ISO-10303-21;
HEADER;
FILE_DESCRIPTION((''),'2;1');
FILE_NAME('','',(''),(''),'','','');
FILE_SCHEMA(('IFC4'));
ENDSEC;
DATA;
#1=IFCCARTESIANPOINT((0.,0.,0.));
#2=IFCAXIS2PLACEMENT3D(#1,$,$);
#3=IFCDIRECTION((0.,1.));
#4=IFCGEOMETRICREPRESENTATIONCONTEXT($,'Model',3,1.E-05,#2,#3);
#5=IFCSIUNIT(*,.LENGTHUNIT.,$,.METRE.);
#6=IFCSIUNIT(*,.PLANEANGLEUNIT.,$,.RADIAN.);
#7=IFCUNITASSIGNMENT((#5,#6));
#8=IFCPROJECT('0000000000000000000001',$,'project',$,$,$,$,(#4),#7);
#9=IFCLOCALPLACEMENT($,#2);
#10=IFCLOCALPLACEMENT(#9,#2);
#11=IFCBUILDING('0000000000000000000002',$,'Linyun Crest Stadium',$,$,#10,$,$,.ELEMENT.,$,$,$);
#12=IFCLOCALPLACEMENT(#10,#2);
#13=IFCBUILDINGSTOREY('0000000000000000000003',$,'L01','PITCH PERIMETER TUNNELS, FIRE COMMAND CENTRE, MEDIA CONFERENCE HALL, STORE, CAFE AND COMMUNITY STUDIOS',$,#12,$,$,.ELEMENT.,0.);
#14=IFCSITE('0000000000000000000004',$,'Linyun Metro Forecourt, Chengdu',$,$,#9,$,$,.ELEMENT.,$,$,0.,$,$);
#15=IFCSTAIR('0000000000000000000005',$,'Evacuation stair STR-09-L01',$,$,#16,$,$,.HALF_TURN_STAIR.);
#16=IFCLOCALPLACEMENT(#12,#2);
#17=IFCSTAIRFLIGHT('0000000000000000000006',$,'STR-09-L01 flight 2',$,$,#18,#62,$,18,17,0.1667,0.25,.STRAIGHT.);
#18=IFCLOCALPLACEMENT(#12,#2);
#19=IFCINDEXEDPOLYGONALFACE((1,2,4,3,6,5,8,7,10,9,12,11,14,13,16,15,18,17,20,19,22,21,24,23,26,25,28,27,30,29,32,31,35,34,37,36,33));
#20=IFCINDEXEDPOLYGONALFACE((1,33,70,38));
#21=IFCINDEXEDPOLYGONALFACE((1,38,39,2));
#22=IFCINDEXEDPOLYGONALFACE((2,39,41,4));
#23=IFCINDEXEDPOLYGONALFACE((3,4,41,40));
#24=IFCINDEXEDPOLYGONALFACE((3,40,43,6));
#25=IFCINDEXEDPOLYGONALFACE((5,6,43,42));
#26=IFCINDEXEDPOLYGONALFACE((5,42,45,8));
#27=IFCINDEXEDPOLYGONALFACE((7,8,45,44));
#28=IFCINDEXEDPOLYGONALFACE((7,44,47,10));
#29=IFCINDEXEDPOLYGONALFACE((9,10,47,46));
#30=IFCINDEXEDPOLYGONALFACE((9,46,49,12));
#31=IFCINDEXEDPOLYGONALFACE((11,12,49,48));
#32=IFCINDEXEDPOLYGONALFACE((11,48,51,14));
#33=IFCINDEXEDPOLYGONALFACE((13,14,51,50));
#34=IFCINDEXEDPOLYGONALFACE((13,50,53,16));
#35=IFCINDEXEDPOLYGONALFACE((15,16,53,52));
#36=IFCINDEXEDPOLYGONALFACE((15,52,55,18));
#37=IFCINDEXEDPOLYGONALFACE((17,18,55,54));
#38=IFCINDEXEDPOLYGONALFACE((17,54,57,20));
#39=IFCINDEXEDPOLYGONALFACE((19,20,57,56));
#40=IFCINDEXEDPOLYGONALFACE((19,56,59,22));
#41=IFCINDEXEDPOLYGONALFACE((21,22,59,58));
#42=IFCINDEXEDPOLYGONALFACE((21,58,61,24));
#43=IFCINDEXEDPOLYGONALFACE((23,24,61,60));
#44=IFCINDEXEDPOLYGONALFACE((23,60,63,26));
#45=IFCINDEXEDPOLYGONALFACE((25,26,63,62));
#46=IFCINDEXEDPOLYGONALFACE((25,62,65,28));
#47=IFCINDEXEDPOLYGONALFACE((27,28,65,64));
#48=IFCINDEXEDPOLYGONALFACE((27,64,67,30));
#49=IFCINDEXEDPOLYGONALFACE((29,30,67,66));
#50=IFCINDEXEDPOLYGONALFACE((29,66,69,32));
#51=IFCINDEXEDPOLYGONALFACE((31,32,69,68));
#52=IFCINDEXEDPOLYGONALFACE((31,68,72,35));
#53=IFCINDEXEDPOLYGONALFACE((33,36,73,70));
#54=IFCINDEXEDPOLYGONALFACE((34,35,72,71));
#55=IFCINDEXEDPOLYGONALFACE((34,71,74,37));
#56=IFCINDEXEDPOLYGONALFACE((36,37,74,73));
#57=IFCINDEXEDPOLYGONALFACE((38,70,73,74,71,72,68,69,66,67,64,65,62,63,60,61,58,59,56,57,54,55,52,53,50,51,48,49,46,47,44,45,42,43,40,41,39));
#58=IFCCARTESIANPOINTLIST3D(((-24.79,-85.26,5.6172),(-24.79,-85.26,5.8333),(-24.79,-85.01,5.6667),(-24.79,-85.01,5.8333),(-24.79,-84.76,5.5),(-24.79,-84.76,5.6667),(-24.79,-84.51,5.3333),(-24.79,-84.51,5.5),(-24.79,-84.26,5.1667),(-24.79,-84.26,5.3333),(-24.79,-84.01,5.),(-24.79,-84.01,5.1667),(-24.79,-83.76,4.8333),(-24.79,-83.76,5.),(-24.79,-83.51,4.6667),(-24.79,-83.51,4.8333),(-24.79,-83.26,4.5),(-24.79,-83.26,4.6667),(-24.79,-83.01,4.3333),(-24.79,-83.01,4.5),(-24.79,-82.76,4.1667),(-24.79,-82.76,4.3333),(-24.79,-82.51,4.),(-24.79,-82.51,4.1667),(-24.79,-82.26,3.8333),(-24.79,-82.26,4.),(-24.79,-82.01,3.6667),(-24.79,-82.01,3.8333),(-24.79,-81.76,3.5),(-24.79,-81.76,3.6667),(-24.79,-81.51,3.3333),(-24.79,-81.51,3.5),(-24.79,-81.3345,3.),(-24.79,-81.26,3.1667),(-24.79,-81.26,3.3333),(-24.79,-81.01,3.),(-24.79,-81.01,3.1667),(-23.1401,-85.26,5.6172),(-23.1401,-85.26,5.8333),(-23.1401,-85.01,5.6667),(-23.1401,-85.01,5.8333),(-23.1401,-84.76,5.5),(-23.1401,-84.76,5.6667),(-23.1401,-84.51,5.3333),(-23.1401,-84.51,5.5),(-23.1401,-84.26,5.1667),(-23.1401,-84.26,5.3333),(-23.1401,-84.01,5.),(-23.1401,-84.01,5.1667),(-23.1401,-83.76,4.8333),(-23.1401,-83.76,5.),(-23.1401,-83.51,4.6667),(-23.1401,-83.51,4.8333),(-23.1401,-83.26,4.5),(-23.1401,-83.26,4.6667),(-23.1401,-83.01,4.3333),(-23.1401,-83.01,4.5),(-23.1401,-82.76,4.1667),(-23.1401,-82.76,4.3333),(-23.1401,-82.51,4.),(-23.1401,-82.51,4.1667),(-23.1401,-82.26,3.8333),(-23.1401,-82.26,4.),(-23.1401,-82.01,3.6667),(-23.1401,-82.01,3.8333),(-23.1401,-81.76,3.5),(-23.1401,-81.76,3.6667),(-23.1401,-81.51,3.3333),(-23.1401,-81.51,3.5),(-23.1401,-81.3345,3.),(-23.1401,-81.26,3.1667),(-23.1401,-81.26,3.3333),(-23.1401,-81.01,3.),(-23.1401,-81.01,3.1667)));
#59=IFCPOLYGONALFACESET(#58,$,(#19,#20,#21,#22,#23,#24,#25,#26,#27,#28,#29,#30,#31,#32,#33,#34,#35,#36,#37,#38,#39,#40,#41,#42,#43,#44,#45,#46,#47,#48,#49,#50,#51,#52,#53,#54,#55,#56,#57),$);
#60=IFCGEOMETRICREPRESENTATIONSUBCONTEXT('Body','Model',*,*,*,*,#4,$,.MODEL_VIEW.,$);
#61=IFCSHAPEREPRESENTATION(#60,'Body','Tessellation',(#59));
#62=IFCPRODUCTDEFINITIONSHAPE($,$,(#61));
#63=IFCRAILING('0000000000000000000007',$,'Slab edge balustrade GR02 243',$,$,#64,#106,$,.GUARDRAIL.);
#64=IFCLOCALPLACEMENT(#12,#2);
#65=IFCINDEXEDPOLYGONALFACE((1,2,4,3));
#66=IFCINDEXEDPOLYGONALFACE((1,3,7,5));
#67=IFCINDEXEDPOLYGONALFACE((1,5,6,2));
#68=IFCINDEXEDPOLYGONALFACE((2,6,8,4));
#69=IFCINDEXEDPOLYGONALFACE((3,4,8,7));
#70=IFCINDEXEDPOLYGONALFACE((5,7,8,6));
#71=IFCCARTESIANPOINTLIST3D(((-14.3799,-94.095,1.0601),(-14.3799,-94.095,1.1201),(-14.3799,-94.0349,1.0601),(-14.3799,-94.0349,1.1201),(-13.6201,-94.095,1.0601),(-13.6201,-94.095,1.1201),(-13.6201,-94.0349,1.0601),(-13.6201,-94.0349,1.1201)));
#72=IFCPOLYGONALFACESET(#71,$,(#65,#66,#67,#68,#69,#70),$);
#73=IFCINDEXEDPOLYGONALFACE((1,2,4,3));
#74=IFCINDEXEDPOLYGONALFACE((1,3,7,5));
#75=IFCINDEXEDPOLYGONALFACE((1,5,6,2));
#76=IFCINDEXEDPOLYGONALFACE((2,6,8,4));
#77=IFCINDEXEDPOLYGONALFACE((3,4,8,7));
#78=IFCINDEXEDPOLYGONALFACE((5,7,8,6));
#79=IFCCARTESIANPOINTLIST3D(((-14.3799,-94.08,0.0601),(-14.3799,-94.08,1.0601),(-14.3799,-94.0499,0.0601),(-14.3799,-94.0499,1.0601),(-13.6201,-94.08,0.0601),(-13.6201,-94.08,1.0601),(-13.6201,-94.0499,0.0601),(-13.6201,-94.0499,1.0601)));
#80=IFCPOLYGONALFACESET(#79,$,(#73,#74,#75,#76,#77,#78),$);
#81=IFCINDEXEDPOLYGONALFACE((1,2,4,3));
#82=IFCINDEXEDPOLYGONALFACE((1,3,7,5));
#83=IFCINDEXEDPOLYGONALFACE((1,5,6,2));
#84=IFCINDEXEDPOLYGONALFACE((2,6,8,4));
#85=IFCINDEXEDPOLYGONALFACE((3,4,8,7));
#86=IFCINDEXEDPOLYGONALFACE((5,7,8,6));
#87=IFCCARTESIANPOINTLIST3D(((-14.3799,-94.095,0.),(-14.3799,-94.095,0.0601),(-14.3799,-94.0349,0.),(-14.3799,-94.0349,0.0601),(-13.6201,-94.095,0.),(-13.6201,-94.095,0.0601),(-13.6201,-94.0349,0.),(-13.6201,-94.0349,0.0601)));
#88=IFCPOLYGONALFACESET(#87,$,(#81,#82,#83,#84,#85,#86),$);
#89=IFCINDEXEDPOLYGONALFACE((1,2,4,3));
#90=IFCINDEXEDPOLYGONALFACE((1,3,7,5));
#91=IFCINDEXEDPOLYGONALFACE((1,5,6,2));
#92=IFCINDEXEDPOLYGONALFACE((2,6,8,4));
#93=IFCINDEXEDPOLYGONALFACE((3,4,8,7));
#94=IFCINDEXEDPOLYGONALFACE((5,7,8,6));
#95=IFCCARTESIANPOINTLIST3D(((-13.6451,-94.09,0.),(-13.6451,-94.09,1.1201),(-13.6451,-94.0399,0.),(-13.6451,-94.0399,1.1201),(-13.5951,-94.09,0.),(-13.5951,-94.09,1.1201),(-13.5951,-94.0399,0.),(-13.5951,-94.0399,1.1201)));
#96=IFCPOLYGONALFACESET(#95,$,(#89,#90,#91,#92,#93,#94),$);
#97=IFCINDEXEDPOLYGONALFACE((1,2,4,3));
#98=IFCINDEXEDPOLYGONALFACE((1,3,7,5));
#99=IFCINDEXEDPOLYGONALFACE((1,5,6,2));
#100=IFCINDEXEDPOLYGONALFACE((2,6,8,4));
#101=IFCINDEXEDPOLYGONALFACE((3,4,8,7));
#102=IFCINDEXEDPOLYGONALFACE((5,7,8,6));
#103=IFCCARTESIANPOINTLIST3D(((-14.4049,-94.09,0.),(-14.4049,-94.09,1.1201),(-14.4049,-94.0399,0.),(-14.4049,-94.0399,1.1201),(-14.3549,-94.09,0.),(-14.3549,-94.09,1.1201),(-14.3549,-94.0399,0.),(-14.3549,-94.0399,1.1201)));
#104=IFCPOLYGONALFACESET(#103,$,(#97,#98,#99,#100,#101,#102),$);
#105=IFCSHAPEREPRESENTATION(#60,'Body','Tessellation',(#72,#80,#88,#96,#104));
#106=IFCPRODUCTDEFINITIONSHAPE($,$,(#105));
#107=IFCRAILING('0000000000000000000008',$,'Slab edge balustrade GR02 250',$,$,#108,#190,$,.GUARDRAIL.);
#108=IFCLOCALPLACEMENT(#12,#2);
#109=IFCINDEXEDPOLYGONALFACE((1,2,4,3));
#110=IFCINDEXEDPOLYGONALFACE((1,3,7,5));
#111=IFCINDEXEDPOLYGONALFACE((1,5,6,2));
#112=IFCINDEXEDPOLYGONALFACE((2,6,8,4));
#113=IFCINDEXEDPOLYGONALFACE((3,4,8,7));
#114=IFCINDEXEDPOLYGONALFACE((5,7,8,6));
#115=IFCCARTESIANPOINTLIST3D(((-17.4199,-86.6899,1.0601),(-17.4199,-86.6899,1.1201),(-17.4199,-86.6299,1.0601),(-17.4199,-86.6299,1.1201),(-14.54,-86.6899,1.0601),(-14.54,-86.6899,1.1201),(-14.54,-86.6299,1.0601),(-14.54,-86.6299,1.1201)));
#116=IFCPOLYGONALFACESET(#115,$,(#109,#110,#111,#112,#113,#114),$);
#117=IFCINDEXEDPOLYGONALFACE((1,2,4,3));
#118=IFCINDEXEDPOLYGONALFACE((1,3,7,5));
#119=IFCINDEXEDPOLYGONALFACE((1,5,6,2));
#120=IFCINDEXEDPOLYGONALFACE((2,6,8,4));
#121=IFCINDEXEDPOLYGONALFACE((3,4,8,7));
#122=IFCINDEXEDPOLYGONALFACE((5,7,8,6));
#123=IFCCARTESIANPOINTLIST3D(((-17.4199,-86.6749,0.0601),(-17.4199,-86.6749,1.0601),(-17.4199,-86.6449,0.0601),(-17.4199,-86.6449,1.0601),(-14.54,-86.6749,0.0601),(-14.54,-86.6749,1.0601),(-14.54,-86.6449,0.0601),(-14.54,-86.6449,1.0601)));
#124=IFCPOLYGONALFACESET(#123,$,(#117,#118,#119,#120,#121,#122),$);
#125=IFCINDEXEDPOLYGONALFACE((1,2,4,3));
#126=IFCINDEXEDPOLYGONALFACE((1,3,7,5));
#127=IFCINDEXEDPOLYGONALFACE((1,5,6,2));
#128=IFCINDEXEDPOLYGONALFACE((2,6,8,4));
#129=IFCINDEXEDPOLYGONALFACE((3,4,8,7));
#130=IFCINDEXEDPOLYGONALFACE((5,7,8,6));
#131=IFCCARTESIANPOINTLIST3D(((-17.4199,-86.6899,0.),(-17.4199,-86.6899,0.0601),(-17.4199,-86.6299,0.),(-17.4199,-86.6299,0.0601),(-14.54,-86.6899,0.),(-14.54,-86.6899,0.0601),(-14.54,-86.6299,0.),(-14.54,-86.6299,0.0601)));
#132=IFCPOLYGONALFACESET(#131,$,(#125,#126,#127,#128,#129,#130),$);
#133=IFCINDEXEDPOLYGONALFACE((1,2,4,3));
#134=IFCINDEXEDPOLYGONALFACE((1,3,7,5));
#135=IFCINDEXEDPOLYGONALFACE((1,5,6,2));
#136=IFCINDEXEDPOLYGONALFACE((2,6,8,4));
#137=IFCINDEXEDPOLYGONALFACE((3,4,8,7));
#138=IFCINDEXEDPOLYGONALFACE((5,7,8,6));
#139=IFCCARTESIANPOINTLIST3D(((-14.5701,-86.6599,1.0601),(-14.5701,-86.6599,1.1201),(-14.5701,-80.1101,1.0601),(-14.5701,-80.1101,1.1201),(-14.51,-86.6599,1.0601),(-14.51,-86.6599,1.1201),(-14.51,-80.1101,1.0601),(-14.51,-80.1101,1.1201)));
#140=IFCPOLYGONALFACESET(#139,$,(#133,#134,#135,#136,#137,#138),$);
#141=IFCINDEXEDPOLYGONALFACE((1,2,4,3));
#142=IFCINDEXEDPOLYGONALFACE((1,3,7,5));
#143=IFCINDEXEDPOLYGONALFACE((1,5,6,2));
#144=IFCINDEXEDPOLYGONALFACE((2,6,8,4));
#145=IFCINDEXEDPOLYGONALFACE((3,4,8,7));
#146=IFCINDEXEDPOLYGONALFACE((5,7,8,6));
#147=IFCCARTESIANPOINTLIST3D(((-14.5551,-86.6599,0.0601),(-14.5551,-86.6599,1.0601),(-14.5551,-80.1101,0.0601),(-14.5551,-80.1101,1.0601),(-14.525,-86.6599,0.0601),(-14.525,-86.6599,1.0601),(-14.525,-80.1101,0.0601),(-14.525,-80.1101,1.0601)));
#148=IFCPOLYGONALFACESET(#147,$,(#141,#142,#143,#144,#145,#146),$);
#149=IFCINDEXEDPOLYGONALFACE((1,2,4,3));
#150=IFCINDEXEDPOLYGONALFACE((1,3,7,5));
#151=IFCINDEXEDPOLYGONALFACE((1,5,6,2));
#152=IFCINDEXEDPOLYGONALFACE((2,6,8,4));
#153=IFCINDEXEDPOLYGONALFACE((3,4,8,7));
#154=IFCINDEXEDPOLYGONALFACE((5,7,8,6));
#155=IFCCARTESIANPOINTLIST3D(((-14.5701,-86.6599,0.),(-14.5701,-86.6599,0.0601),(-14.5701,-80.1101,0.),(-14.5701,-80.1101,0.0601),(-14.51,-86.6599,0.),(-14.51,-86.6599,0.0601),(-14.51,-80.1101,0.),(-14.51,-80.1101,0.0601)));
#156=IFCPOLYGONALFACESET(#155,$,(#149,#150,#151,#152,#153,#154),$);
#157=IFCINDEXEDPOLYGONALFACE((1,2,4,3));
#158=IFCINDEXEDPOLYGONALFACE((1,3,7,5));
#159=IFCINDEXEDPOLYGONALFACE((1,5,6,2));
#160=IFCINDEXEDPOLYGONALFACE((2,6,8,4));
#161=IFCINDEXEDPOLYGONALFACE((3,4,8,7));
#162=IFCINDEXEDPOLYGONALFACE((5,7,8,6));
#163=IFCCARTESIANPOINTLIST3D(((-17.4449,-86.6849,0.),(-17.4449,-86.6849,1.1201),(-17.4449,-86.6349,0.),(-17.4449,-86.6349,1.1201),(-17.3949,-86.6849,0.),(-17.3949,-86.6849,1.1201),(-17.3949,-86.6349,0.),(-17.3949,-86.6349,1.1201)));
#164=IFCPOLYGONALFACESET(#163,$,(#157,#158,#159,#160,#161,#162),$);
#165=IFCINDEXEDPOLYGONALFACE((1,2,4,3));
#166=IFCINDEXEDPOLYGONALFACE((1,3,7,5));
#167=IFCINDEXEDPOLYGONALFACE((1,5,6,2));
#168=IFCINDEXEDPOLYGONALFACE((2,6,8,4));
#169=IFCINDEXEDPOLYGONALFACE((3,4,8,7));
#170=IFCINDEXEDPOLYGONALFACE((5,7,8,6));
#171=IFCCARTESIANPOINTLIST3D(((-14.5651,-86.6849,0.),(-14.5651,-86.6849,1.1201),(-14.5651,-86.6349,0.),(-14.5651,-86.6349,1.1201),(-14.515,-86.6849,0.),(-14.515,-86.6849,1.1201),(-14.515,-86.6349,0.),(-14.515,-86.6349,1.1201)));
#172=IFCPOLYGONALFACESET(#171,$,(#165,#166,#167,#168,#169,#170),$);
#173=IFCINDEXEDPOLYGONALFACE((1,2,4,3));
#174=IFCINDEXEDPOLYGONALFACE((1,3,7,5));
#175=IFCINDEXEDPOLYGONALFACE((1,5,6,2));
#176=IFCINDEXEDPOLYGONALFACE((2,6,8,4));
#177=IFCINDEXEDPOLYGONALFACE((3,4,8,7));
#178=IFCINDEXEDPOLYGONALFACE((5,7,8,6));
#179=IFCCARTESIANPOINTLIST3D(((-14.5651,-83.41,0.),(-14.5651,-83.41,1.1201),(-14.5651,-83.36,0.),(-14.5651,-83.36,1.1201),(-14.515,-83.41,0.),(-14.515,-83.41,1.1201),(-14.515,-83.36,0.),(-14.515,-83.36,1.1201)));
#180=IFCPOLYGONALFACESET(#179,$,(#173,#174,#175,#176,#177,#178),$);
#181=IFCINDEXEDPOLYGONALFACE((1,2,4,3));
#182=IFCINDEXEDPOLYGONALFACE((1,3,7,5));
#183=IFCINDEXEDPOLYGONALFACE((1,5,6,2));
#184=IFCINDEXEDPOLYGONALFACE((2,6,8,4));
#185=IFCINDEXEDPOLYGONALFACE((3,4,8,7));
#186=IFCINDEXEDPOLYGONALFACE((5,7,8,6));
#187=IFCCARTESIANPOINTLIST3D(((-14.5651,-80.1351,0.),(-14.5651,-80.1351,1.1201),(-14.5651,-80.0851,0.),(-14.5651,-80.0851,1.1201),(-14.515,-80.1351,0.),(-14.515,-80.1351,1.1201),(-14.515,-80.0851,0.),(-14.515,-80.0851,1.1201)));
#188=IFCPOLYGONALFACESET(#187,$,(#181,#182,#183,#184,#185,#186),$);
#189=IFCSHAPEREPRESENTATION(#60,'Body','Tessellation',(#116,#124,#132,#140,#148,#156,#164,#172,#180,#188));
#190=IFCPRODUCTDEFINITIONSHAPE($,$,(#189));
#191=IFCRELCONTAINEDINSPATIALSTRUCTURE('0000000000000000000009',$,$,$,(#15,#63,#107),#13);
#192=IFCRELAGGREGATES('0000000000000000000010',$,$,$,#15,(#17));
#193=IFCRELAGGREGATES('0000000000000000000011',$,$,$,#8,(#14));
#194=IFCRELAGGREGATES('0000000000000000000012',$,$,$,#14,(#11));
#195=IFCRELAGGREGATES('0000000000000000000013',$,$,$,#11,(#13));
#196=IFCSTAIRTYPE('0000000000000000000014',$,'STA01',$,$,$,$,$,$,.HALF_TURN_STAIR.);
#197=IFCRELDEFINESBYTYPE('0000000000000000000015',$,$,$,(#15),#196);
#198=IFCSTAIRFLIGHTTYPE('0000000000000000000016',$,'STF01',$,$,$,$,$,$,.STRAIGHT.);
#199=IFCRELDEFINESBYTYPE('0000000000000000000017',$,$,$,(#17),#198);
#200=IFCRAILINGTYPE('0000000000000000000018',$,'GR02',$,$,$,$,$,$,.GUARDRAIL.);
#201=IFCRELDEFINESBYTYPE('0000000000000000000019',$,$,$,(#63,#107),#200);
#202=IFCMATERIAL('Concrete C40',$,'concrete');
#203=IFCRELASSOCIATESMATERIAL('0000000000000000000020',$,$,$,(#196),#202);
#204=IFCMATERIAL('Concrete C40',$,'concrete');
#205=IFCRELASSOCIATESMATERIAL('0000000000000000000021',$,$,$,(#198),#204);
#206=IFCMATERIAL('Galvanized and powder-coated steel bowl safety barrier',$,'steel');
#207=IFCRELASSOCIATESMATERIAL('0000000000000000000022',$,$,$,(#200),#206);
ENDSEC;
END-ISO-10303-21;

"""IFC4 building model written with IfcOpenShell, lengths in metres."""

from ifc_helpers import new_model, si_unit, direction, frame, origin, origin_2d, place, context, subcontext, project, spatial, polyline, rectangle, outline, extrude, material, type_object, element, aggregate, save


model = new_model("IFC4")

# Units and contexts
model_context = context("Model", 3, precision=1e-05, world=origin(), true_north=direction((0.0, 1.0)))
body_context = subcontext(model_context, "Body", "Model", "MODEL_VIEW")
ifc_project = project(units=[si_unit("LENGTHUNIT", "METRE"), si_unit("PLANEANGLEUNIT", "RADIAN")], contexts=[model_context])

# Site, building, storey
site_placement = place(None, origin())
site = spatial("IfcSite", under=ifc_project, at=site_placement, Name="Linyun Metro Forecourt, Chengdu", CompositionType="ELEMENT", RefElevation=0.0)
building_placement = place(site_placement, origin())
building = spatial("IfcBuilding", under=site, at=building_placement, Name="Linyun Crest Stadium", CompositionType="ELEMENT")
storey_placement = place(building_placement, origin())
storey = spatial("IfcBuildingStorey", under=building, at=storey_placement, Name="L01", Description="PITCH PERIMETER TUNNELS, FIRE COMMAND CENTRE, MEDIA CONFERENCE HALL, STORE, CAFE AND COMMUNITY STUDIOS", CompositionType="ELEMENT", Elevation=0.0)

# Stair, stair flight
ifc_material_1 = material(Name="Concrete C40", Category="concrete")
stair_type = type_object("IfcStairType", Name="STA01", PredefinedType="HALF_TURN_STAIR", material=ifc_material_1)
stair_placement = place(storey_placement, origin())
stair = element("IfcStair", 1, at=stair_placement, inside=storey, type_object=stair_type, Name="Evacuation stair STR-09-L01", PredefinedType="HALF_TURN_STAIR")
ifc_material_2 = material(Name="Concrete C40", Category="concrete")
stair_flight_type = type_object("IfcStairFlightType", Name="STF01", PredefinedType="STRAIGHT", material=ifc_material_2)
stair_flight_placement = place(storey_placement, frame((-23.9651, -81.01, 3.0), z_axis=(0.0, 0.0, 1.0), x_axis=(0.0, -1.0, 0.0)))
stair_flight = element("IfcStairFlight", 2, at=stair_flight_placement, type_object=stair_flight_type, Name="STR-09-L01 flight 2", NumberOfRisers=18, NumberOfTreads=17, PredefinedType="STRAIGHT", RiserHeight=0.1667, TreadLength=0.25, context=body_context, shape_type="SweptSolid", body=[
    extrude(outline(polyline([(0.0, 0.0), (0.0, 0.1667), (0.25, 0.1667), (0.25, 0.3333), (0.5, 0.3333), (0.5, 0.5), (0.75, 0.5), (0.75, 0.6667), (1.0, 0.6667), (1.0, 0.8333), (1.25, 0.8333), (1.25, 1.0), (1.5, 1.0), (1.5, 1.1667), (1.75, 1.1667), (1.75, 1.3333), (2.0, 1.3333), (2.0, 1.5), (2.25, 1.5), (2.25, 1.6667), (2.5, 1.6667), (2.5, 1.8333), (2.75, 1.8333), (2.75, 2.0), (3.0, 2.0), (3.0, 2.1667), (3.25, 2.1667), (3.25, 2.3333), (3.5, 2.3333), (3.5, 2.5), (3.75, 2.5), (3.75, 2.6667), (4.0, 2.6667), (4.0, 2.8333), (4.25, 2.8333), (4.25, 3.0), (4.25, 2.6172), (0.3245, 0.0), (0.0, 0.0)])), frame((0.0, 0.825, 0.0), z_axis=(0.0, -1.0, 0.0), x_axis=(1.0, 0.0, 0.0)), (0.0, 0.0, 1.0), 1.6499),
])
aggregate(stair, [stair_flight])

# Railings
ifc_material_3 = material(Name="Galvanized and powder-coated steel bowl safety barrier", Category="steel")
railing_type_1 = type_object("IfcRailingType", Name="GR02", PredefinedType="GUARDRAIL", material=ifc_material_3)
railing_1_placement = place(storey_placement, frame((-13.6201, -94.0649, 0.0)))
element("IfcRailing", 3, at=railing_1_placement, inside=storey, type_object=railing_type_1, Name="Slab edge balustrade GR02 243", PredefinedType="GUARDRAIL", context=body_context, shape_type="SweptSolid", body=[
    extrude(rectangle(XDim=0.0601, YDim=0.0601, at=origin_2d()), frame((0.0, 0.0, 1.0901), z_axis=(-1.0, 0.0, 0.0), x_axis=(0.0, -1.0, 0.0)), (0.0, 0.0, 1.0), 0.7598),
    extrude(rectangle(XDim=0.03, YDim=1.0, at=origin_2d()), frame((0.0, 0.0, 0.5601), z_axis=(-1.0, 0.0, 0.0), x_axis=(0.0, -1.0, 0.0)), (0.0, 0.0, 1.0), 0.7598),
    extrude(rectangle(XDim=0.0601, YDim=0.0601, at=origin_2d()), frame((0.0, 0.0, 0.03), z_axis=(-1.0, 0.0, 0.0), x_axis=(0.0, -1.0, 0.0)), (0.0, 0.0, 1.0), 0.7598),
    extrude(rectangle(XDim=0.05, YDim=0.05, at=origin_2d()), origin(), (0.0, 0.0, 1.0), 1.1201),
    extrude(rectangle(XDim=0.05, YDim=0.05, at=origin_2d()), frame((-0.7598, 0.0, 0.0)), (0.0, 0.0, 1.0), 1.1201),
])
railing_2_placement = place(storey_placement, frame((-17.4199, -86.6599, 0.0)))
element("IfcRailing", 4, at=railing_2_placement, inside=storey, type_object=railing_type_1, Name="Slab edge balustrade GR02 250", PredefinedType="GUARDRAIL", context=body_context, shape_type="SweptSolid", body=[
    extrude(rectangle(XDim=0.0601, YDim=0.0601, at=origin_2d()), frame((0.0, 0.0, 1.0901), z_axis=(1.0, 0.0, 0.0), x_axis=(0.0, 1.0, 0.0)), (0.0, 0.0, 1.0), 2.8799),
    extrude(rectangle(XDim=0.03, YDim=1.0, at=origin_2d()), frame((0.0, 0.0, 0.5601), z_axis=(1.0, 0.0, 0.0), x_axis=(0.0, 1.0, 0.0)), (0.0, 0.0, 1.0), 2.8799),
    extrude(rectangle(XDim=0.0601, YDim=0.0601, at=origin_2d()), frame((0.0, 0.0, 0.03), z_axis=(1.0, 0.0, 0.0), x_axis=(0.0, 1.0, 0.0)), (0.0, 0.0, 1.0), 2.8799),
    extrude(rectangle(XDim=0.0601, YDim=0.0601, at=origin_2d()), frame((2.8799, 0.0, 1.0901), z_axis=(0.0, 1.0, 0.0), x_axis=(-1.0, 0.0, 0.0)), (0.0, 0.0, 1.0), 6.5498),
    extrude(rectangle(XDim=0.03, YDim=1.0, at=origin_2d()), frame((2.8799, 0.0, 0.5601), z_axis=(0.0, 1.0, 0.0), x_axis=(-1.0, 0.0, 0.0)), (0.0, 0.0, 1.0), 6.5498),
    extrude(rectangle(XDim=0.0601, YDim=0.0601, at=origin_2d()), frame((2.8799, 0.0, 0.03), z_axis=(0.0, 1.0, 0.0), x_axis=(-1.0, 0.0, 0.0)), (0.0, 0.0, 1.0), 6.5498),
    extrude(rectangle(XDim=0.05, YDim=0.05, at=origin_2d()), origin(), (0.0, 0.0, 1.0), 1.1201),
    extrude(rectangle(XDim=0.05, YDim=0.05, at=origin_2d()), frame((2.8799, 0.0, 0.0)), (0.0, 0.0, 1.0), 1.1201),
    extrude(rectangle(XDim=0.05, YDim=0.05, at=origin_2d()), frame((2.8799, 3.2749, 0.0)), (0.0, 0.0, 1.0), 1.1201),
    extrude(rectangle(XDim=0.05, YDim=0.05, at=origin_2d()), frame((2.8799, 6.5498, 0.0)), (0.0, 0.0, 1.0), 1.1201),
])

save(model, "model.ifc")
